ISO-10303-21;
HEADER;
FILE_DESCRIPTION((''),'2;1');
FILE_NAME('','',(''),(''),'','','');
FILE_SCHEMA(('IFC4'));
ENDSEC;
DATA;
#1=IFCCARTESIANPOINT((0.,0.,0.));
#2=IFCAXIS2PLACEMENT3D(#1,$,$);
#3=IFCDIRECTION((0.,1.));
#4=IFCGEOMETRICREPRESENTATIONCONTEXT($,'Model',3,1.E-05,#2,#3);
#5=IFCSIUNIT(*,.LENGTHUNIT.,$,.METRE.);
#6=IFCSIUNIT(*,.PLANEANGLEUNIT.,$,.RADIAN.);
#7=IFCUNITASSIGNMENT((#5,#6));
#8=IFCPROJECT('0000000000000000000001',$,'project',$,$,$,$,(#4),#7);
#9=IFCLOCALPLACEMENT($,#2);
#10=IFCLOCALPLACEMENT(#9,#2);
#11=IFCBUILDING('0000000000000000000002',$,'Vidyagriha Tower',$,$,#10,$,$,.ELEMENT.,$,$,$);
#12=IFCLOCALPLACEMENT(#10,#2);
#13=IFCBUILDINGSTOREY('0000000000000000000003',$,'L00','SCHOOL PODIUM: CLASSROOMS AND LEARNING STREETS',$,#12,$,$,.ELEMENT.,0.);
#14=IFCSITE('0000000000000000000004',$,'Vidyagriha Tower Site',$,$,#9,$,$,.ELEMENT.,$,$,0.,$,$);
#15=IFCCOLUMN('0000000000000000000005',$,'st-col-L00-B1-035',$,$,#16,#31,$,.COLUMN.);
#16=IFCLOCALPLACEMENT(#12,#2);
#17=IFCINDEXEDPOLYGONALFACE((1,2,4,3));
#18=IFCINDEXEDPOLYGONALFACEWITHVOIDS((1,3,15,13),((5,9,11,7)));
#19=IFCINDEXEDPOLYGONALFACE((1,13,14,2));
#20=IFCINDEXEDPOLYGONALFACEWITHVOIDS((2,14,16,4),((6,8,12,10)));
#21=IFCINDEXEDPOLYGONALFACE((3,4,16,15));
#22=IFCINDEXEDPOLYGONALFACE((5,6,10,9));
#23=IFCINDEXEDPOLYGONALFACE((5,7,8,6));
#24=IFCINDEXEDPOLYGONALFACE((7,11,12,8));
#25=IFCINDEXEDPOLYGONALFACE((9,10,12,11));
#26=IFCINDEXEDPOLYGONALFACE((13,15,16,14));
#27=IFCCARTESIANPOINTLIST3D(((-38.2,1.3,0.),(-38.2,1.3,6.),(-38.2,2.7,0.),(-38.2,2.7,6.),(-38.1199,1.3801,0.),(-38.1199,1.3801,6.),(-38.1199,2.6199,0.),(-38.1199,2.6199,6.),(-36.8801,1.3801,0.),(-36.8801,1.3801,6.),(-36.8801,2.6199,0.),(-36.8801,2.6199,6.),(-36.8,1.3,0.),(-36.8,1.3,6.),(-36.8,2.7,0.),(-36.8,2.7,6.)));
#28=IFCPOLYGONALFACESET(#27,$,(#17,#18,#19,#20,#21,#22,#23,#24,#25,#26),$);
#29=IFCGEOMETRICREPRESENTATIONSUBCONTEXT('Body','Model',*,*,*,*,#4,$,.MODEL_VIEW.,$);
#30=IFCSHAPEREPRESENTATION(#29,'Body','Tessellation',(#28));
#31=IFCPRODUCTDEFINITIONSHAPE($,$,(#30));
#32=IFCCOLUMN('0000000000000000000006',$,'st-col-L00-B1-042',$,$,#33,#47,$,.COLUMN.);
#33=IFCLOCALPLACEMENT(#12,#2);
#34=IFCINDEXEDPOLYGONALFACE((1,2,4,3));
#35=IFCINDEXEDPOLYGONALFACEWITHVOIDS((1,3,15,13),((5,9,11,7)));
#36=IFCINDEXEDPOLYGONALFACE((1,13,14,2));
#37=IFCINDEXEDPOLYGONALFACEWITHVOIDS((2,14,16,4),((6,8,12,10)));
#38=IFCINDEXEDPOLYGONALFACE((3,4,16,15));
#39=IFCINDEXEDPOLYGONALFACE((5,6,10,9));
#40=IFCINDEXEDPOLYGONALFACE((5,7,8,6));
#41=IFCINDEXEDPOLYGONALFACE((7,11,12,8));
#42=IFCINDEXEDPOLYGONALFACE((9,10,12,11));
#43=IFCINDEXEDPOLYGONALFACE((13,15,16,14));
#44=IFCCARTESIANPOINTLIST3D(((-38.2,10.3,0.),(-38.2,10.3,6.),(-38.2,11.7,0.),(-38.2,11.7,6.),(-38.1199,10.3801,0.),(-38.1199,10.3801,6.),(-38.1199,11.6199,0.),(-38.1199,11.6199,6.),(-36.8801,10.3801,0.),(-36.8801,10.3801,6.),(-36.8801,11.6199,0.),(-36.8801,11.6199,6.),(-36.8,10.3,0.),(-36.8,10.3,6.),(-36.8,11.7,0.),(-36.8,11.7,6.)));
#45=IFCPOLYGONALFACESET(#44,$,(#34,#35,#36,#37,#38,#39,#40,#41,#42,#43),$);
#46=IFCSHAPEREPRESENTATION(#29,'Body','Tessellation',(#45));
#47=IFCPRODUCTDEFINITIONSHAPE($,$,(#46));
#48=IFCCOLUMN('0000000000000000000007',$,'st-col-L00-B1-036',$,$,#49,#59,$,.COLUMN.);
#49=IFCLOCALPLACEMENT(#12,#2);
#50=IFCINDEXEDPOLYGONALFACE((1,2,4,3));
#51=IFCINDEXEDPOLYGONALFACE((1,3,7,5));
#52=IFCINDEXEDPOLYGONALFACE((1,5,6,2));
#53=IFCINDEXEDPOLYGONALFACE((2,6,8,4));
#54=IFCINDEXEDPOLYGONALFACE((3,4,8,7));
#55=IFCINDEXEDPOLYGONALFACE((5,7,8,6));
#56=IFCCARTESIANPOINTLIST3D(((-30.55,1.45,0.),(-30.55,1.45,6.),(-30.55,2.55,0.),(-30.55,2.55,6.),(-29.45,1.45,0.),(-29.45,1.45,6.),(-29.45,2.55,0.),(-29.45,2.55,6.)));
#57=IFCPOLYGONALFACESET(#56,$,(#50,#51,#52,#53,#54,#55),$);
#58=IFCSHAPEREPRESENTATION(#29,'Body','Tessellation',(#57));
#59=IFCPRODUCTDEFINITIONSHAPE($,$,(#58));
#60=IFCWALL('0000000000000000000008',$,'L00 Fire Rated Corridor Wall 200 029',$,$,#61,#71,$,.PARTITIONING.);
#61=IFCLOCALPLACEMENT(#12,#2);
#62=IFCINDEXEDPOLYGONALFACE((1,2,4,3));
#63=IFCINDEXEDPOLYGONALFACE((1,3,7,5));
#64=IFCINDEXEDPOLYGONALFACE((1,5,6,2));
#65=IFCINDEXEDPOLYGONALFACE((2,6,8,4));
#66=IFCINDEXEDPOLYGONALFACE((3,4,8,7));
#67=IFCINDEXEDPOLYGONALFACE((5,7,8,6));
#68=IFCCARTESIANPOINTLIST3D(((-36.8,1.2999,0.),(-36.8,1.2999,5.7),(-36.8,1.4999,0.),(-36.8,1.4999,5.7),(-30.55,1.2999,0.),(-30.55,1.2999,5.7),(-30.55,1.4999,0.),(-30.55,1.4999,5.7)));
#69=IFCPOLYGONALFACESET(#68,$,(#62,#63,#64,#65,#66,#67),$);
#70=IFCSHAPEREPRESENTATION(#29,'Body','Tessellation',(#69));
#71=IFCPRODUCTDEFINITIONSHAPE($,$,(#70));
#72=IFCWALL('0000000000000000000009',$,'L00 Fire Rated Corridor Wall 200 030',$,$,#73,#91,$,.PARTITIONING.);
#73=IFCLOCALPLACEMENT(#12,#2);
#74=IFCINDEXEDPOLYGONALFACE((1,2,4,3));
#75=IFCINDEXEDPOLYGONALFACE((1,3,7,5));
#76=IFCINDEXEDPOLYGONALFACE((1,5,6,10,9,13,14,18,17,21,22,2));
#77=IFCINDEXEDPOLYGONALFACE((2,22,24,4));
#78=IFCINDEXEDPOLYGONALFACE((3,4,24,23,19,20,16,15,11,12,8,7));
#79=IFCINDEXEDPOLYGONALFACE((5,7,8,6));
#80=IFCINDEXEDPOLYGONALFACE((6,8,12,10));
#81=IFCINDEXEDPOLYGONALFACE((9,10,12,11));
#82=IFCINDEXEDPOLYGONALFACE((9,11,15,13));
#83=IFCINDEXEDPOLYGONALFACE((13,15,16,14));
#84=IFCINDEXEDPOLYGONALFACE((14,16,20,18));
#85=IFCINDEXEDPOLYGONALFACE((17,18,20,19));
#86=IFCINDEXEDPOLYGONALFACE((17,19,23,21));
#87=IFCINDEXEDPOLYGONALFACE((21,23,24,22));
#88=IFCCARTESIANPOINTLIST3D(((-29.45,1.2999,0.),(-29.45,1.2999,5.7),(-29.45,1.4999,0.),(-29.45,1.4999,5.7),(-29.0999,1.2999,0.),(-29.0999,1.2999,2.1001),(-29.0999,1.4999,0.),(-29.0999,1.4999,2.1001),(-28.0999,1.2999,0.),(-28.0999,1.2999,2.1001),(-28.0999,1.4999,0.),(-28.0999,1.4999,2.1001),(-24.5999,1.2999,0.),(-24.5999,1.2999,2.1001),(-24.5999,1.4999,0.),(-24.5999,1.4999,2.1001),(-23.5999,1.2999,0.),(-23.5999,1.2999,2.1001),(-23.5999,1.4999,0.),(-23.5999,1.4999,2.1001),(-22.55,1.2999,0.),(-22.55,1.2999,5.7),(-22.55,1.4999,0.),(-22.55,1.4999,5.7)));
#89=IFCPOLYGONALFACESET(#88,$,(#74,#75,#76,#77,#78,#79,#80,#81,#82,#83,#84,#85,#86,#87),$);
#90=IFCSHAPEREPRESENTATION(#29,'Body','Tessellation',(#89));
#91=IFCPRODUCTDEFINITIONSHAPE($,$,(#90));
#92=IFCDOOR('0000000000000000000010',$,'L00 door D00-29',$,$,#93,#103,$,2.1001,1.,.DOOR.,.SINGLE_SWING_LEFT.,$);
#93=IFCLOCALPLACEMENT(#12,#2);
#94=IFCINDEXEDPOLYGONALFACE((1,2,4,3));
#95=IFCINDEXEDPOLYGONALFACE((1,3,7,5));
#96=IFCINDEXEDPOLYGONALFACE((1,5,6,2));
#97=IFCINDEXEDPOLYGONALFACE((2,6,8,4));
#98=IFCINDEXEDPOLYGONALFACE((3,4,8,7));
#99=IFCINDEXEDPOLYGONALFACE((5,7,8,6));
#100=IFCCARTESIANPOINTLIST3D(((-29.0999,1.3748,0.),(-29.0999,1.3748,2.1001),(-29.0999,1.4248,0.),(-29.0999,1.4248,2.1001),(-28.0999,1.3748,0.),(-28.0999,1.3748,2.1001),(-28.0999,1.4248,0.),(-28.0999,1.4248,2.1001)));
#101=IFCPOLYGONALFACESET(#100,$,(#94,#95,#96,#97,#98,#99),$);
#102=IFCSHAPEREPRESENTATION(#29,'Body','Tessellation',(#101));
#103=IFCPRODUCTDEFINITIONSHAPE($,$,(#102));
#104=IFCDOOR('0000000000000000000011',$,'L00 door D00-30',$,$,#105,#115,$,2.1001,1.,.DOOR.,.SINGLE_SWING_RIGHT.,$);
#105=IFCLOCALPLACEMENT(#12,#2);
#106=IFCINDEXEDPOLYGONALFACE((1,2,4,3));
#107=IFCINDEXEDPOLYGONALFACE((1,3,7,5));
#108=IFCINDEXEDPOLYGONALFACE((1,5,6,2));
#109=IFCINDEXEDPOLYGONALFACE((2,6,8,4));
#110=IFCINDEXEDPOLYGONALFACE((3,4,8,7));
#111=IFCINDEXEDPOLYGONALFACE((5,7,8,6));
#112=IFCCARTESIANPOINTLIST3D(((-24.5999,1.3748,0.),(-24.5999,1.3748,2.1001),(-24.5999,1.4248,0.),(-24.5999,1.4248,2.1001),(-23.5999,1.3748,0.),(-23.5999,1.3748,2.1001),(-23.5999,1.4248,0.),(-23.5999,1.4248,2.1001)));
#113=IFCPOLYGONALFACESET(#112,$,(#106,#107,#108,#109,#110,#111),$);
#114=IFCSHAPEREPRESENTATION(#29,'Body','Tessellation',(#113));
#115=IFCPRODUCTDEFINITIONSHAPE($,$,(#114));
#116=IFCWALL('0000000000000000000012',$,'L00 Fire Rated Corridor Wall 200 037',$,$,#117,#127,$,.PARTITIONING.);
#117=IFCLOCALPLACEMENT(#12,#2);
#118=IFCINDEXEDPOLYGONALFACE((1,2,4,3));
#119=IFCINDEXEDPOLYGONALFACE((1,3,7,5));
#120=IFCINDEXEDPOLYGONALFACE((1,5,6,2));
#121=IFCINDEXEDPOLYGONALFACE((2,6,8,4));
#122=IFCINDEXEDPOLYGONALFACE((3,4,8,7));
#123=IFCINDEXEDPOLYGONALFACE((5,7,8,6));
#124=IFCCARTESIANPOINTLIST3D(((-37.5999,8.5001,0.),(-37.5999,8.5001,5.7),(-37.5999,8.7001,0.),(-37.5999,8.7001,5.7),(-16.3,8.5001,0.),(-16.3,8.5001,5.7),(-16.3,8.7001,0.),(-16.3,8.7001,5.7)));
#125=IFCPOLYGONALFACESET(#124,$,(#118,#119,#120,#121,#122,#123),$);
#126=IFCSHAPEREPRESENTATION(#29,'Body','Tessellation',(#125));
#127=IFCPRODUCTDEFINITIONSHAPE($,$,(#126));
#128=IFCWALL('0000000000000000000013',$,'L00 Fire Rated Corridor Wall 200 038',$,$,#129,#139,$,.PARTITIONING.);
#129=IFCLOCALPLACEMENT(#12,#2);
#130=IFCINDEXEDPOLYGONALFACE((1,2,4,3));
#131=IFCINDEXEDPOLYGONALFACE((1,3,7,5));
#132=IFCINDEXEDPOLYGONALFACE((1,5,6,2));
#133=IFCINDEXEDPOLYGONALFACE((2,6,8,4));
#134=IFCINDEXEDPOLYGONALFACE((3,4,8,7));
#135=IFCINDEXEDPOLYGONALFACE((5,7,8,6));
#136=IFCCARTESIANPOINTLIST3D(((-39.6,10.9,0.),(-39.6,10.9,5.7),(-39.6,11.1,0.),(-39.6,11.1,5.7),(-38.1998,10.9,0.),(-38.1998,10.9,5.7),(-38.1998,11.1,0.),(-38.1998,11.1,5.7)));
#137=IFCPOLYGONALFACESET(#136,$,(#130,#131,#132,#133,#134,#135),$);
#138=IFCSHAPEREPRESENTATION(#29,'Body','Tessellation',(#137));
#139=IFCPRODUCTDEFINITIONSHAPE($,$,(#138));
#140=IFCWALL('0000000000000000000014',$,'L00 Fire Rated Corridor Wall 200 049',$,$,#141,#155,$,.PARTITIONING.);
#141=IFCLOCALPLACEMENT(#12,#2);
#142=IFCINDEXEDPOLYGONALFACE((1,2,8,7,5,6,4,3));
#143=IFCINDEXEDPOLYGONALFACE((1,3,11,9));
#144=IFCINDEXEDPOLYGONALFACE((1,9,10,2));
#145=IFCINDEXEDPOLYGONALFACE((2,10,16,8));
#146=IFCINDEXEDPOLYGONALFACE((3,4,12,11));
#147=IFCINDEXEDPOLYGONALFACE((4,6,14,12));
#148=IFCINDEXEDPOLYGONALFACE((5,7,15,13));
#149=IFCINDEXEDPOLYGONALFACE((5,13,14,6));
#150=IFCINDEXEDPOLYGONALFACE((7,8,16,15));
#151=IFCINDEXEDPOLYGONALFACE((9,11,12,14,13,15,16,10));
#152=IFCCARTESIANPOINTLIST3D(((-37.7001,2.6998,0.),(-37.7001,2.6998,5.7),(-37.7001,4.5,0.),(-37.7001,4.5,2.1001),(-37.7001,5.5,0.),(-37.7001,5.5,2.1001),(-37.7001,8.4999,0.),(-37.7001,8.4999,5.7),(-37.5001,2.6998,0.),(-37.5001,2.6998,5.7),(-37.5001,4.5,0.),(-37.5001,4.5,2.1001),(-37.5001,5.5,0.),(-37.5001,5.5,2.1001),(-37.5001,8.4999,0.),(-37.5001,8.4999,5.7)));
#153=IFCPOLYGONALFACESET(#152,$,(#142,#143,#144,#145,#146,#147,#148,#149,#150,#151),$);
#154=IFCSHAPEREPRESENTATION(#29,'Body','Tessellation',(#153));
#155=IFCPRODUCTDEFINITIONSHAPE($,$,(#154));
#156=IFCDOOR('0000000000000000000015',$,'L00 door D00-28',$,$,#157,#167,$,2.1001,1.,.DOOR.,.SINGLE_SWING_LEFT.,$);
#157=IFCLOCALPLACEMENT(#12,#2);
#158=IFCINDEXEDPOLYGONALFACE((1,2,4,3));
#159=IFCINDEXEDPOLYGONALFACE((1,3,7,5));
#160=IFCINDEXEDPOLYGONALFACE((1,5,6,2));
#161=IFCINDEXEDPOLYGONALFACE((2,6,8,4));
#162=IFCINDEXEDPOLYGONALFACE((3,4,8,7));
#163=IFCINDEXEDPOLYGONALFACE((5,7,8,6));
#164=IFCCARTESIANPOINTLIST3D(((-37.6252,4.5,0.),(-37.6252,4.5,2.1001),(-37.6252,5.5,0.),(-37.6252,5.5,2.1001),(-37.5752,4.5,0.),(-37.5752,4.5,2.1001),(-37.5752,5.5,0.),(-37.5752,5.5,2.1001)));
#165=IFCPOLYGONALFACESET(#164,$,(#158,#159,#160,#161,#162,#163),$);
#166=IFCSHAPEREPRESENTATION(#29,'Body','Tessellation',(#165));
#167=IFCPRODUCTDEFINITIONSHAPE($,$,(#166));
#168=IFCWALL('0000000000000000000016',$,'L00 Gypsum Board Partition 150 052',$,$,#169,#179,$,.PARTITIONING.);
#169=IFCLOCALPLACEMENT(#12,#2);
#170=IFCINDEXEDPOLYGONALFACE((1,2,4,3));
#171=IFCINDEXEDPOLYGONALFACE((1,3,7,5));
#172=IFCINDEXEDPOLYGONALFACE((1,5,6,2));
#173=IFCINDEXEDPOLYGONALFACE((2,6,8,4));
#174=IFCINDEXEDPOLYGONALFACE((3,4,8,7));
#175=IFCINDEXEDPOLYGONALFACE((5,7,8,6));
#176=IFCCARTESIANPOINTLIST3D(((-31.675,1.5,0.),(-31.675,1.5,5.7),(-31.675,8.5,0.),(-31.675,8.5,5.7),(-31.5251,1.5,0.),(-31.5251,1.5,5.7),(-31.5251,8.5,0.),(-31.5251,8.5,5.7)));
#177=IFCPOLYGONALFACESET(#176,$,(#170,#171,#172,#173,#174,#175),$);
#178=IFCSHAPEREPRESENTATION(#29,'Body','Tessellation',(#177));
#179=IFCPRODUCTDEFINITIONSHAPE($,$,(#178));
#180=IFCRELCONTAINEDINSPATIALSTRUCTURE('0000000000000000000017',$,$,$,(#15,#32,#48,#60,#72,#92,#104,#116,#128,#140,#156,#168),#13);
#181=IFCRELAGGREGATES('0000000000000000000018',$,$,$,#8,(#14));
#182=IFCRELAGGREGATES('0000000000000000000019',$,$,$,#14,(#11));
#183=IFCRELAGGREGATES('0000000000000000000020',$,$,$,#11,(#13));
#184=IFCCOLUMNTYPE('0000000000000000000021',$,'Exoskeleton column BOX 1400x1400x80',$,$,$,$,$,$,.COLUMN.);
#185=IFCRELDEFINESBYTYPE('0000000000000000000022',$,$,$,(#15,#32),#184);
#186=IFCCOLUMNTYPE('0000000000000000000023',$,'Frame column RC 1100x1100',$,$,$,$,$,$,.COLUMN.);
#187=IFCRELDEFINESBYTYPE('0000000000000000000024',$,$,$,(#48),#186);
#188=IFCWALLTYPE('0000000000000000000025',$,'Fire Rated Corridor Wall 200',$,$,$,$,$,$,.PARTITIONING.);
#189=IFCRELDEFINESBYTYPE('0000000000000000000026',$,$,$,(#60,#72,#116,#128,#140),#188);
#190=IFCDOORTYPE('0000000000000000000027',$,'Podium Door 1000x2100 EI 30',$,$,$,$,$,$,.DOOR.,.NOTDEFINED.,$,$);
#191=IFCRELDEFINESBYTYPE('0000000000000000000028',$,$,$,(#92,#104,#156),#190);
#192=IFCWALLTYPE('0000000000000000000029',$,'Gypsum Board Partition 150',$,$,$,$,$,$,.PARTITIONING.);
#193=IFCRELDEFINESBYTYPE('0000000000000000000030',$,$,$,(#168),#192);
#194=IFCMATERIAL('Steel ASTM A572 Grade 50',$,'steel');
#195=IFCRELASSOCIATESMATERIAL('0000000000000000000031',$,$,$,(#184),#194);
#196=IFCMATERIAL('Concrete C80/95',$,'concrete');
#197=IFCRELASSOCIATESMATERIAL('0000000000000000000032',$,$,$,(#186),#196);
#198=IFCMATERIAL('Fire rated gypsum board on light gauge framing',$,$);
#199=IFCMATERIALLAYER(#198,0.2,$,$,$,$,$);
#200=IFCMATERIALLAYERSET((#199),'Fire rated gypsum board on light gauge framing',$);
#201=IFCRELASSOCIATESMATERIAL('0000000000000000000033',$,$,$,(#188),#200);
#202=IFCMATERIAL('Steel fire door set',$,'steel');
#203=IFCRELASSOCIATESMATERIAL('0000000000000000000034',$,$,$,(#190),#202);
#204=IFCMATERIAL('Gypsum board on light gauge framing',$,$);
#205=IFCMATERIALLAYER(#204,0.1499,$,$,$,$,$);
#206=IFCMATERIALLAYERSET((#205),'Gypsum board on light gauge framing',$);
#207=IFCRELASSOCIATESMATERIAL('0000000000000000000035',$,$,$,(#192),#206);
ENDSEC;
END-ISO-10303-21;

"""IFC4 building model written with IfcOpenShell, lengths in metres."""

from ifc_helpers import new_model, si_unit, direction, frame, frame_2d, origin, origin_2d, place, context, subcontext, project, spatial, rectangle, hollow_rectangle, extrude, material, layer, layer_set, material_profile, profile_set, type_object, element, fill, save


model = new_model("IFC4")

# Units and contexts
model_context = context("Model", 3, precision=1e-05, world=origin(), true_north=direction((0.0, 1.0)))
body_context = subcontext(model_context, "Body", "Model", "MODEL_VIEW")
ifc_project = project(units=[si_unit("LENGTHUNIT", "METRE"), si_unit("PLANEANGLEUNIT", "RADIAN")], contexts=[model_context])

# Site, building, storey
site_placement = place(None, origin())
site = spatial("IfcSite", under=ifc_project, at=site_placement, Name="Vidyagriha Tower Site", CompositionType="ELEMENT", RefElevation=0.0)
building_placement = place(site_placement, origin())
building = spatial("IfcBuilding", under=site, at=building_placement, Name="Vidyagriha Tower", CompositionType="ELEMENT")
storey_placement = place(building_placement, origin())
storey = spatial("IfcBuildingStorey", under=building, at=storey_placement, Name="L00", Description="SCHOOL PODIUM: CLASSROOMS AND LEARNING STREETS", CompositionType="ELEMENT", Elevation=0.0)

# Columns
ifc_material_1 = material(Name="Steel ASTM A572 Grade 50", Category="steel")
ifc_material_profile_1 = material_profile(ifc_material_1, hollow_rectangle(XDim=1.3999, YDim=1.3999, WallThickness=0.0801, at=origin_2d()), Name="BOX 1400x1400x80")
ifc_profile_set_1 = profile_set([ifc_material_profile_1], Name="Steel ASTM A572 Grade 50")
column_type_1 = type_object("IfcColumnType", Name="Exoskeleton column BOX 1400x1400x80", PredefinedType="COLUMN", material=ifc_profile_set_1)
for number, where, name in (
    (1, (-37.5, 2.0, 0.0), "st-col-L00-B1-035"),
    (2, (-37.5, 11.0, 0.0), "st-col-L00-B1-042"),
):
    element("IfcColumn", number, at=place(storey_placement, frame(where)), inside=storey, type_object=column_type_1, Name=name, PredefinedType="COLUMN", context=body_context, shape_type="SweptSolid", body=[
        extrude(hollow_rectangle(XDim=1.3999, YDim=1.3999, WallThickness=0.0801, at=origin_2d()), origin(), (0.0, 0.0, 1.0), 6.0),
    ])
ifc_material_2 = material(Name="Concrete C80/95", Category="concrete")
ifc_material_profile_2 = material_profile(ifc_material_2, rectangle(XDim=1.1001, YDim=1.1001, at=origin_2d()), Name="RC 1100x1100")
ifc_profile_set_2 = profile_set([ifc_material_profile_2], Name="Concrete C80/95")
column_type_2 = type_object("IfcColumnType", Name="Frame column RC 1100x1100", PredefinedType="COLUMN", material=ifc_profile_set_2)
column_placement = place(storey_placement, frame((-30.0, 2.0, 0.0)))
element("IfcColumn", 3, at=column_placement, inside=storey, type_object=column_type_2, Name="st-col-L00-B1-036", PredefinedType="COLUMN", context=body_context, shape_type="SweptSolid", body=[
    extrude(rectangle(XDim=1.1001, YDim=1.1001, at=origin_2d()), origin(), (0.0, 0.0, 1.0), 6.0),
])

# Wall
ifc_material_3 = material(Name="Fire rated gypsum board on light gauge framing")
ifc_layer_1 = layer(ifc_material_3, 0.2)
ifc_layer_set_1 = layer_set([ifc_layer_1], Name="Fire rated gypsum board on light gauge framing")
wall_type_1 = type_object("IfcWallType", Name="Fire Rated Corridor Wall 200", PredefinedType="PARTITIONING", material=ifc_layer_set_1)
wall_1_placement = place(storey_placement, frame((-36.8, 1.3999, 0.0)))
element("IfcWall", 4, at=wall_1_placement, inside=storey, type_object=wall_type_1, Name="L00 Fire Rated Corridor Wall 200 029", PredefinedType="PARTITIONING", context=body_context, shape_type="SweptSolid", body=[
    extrude(rectangle(XDim=6.25, YDim=0.2, at=frame_2d((3.125, 0.0))), origin(), (0.0, 0.0, 1.0), 5.7),
])

# Wall, openings, doors
wall_2_placement = place(storey_placement, frame((-29.45, 1.3999, 0.0)))
wall_2 = element("IfcWall", 5, at=wall_2_placement, inside=storey, type_object=wall_type_1, Name="L00 Fire Rated Corridor Wall 200 030", PredefinedType="PARTITIONING", context=body_context, shape_type="SweptSolid", body=[
    extrude(rectangle(XDim=6.8999, YDim=0.2, at=frame_2d((3.45, 0.0))), origin(), (0.0, 0.0, 1.0), 5.7),
])
opening_1_placement = place(wall_2_placement, frame((0.3501, 0.0, 0.0)))
opening_1 = element("IfcOpeningElement", 6, at=opening_1_placement, cuts=wall_2, PredefinedType="OPENING", context=body_context, shape_type="SweptSolid", body=[
    extrude(rectangle(XDim=1.0, YDim=2.1001, at=frame_2d((0.5, 1.05))), frame((0.0, 0.1099, 0.0), z_axis=(0.0, -1.0, 0.0), x_axis=(1.0, 0.0, 0.0)), (0.0, 0.0, 1.0), 0.22),
])
opening_2_placement = place(wall_2_placement, frame((4.8501, 0.0, 0.0)))
opening_2 = element("IfcOpeningElement", 7, at=opening_2_placement, cuts=wall_2, PredefinedType="OPENING", context=body_context, shape_type="SweptSolid", body=[
    extrude(rectangle(XDim=1.0, YDim=2.1001, at=frame_2d((0.5, 1.05))), frame((0.0, 0.1099, 0.0), z_axis=(0.0, -1.0, 0.0), x_axis=(1.0, 0.0, 0.0)), (0.0, 0.0, 1.0), 0.22),
])
ifc_material_4 = material(Name="Steel fire door set", Category="steel")
door_type = type_object("IfcDoorType", Name="Podium Door 1000x2100 EI 30", OperationType="NOTDEFINED", PredefinedType="DOOR", material=ifc_material_4)
door_1_placement = place(opening_1_placement, origin())
door_1 = element("IfcDoor", 8, at=door_1_placement, inside=storey, type_object=door_type, Name="L00 door D00-29", OperationType="SINGLE_SWING_LEFT", OverallHeight=2.1001, OverallWidth=1.0, PredefinedType="DOOR", context=body_context, shape_type="SweptSolid", body=[
    extrude(rectangle(XDim=1.0, YDim=2.1001, at=frame_2d((0.5, 1.05))), frame((0.0, 0.0249, 0.0), z_axis=(0.0, -1.0, 0.0), x_axis=(1.0, 0.0, 0.0)), (0.0, 0.0, 1.0), 0.05),
])
fill(opening_1, door_1)
door_2_placement = place(opening_2_placement, origin())
door_2 = element("IfcDoor", 9, at=door_2_placement, inside=storey, type_object=door_type, Name="L00 door D00-30", OperationType="SINGLE_SWING_RIGHT", OverallHeight=2.1001, OverallWidth=1.0, PredefinedType="DOOR", context=body_context, shape_type="SweptSolid", body=[
    extrude(rectangle(XDim=1.0, YDim=2.1001, at=frame_2d((0.5, 1.05))), frame((0.0, 0.0249, 0.0), z_axis=(0.0, -1.0, 0.0), x_axis=(1.0, 0.0, 0.0)), (0.0, 0.0, 1.0), 0.05),
])
fill(opening_2, door_2)

# Walls
wall_3_placement = place(storey_placement, frame((-37.5999, 8.6001, 0.0)))
element("IfcWall", 10, at=wall_3_placement, inside=storey, type_object=wall_type_1, Name="L00 Fire Rated Corridor Wall 200 037", PredefinedType="PARTITIONING", context=body_context, shape_type="SweptSolid", body=[
    extrude(rectangle(XDim=21.2998, YDim=0.2, at=frame_2d((10.6499, 0.0))), origin(), (0.0, 0.0, 1.0), 5.7),
])
wall_4_placement = place(storey_placement, frame((-39.6001, 11.0, 0.0)))
element("IfcWall", 11, at=wall_4_placement, inside=storey, type_object=wall_type_1, Name="L00 Fire Rated Corridor Wall 200 038", PredefinedType="PARTITIONING", context=body_context, shape_type="SweptSolid", body=[
    extrude(rectangle(XDim=1.4001, YDim=0.2, at=frame_2d((0.7002, 0.0))), origin(), (0.0, 0.0, 1.0), 5.7),
])

# Wall, opening, door
wall_5_placement = place(storey_placement, frame((-37.6001, 2.7, 0.0), z_axis=(0.0, 0.0, 1.0), x_axis=(0.0, 1.0, 0.0)))
wall_5 = element("IfcWall", 12, at=wall_5_placement, inside=storey, type_object=wall_type_1, Name="L00 Fire Rated Corridor Wall 200 049", PredefinedType="PARTITIONING", context=body_context, shape_type="SweptSolid", body=[
    extrude(rectangle(XDim=5.8, YDim=0.2, at=frame_2d((2.8999, 0.0))), origin(), (0.0, 0.0, 1.0), 5.7),
])
opening_3_placement = place(wall_5_placement, frame((1.8, 0.0, 0.0)))
opening_3 = element("IfcOpeningElement", 13, at=opening_3_placement, cuts=wall_5, PredefinedType="OPENING", context=body_context, shape_type="SweptSolid", body=[
    extrude(rectangle(XDim=1.0, YDim=2.1001, at=frame_2d((0.5, 1.05))), frame((0.0, 0.1099, 0.0), z_axis=(0.0, -1.0, 0.0), x_axis=(1.0, 0.0, 0.0)), (0.0, 0.0, 1.0), 0.22),
])
door_3_placement = place(opening_3_placement, frame((1.0, 0.0, 0.0), z_axis=(0.0, 0.0, 1.0), x_axis=(-1.0, 0.0, 0.0)))
door_3 = element("IfcDoor", 14, at=door_3_placement, inside=storey, type_object=door_type, Name="L00 door D00-28", OperationType="SINGLE_SWING_LEFT", OverallHeight=2.1001, OverallWidth=1.0, PredefinedType="DOOR", context=body_context, shape_type="SweptSolid", body=[
    extrude(rectangle(XDim=1.0, YDim=2.1001, at=frame_2d((0.5, 1.05))), frame((0.0, 0.0249, 0.0), z_axis=(0.0, -1.0, 0.0), x_axis=(1.0, 0.0, 0.0)), (0.0, 0.0, 1.0), 0.05),
])
fill(opening_3, door_3)

# Wall
ifc_material_5 = material(Name="Gypsum board on light gauge framing")
ifc_layer_2 = layer(ifc_material_5, 0.1499)
ifc_layer_set_2 = layer_set([ifc_layer_2], Name="Gypsum board on light gauge framing")
wall_type_2 = type_object("IfcWallType", Name="Gypsum Board Partition 150", PredefinedType="PARTITIONING", material=ifc_layer_set_2)
wall_6_placement = place(storey_placement, frame((-31.6001, 1.5, 0.0), z_axis=(0.0, 0.0, 1.0), x_axis=(0.0, 1.0, 0.0)))
element("IfcWall", 15, at=wall_6_placement, inside=storey, type_object=wall_type_2, Name="L00 Gypsum Board Partition 150 052", PredefinedType="PARTITIONING", context=body_context, shape_type="SweptSolid", body=[
    extrude(rectangle(XDim=7.0, YDim=0.1499, at=frame_2d((3.5, 0.0))), origin(), (0.0, 0.0, 1.0), 5.7),
])

save(model, "model.ifc")
